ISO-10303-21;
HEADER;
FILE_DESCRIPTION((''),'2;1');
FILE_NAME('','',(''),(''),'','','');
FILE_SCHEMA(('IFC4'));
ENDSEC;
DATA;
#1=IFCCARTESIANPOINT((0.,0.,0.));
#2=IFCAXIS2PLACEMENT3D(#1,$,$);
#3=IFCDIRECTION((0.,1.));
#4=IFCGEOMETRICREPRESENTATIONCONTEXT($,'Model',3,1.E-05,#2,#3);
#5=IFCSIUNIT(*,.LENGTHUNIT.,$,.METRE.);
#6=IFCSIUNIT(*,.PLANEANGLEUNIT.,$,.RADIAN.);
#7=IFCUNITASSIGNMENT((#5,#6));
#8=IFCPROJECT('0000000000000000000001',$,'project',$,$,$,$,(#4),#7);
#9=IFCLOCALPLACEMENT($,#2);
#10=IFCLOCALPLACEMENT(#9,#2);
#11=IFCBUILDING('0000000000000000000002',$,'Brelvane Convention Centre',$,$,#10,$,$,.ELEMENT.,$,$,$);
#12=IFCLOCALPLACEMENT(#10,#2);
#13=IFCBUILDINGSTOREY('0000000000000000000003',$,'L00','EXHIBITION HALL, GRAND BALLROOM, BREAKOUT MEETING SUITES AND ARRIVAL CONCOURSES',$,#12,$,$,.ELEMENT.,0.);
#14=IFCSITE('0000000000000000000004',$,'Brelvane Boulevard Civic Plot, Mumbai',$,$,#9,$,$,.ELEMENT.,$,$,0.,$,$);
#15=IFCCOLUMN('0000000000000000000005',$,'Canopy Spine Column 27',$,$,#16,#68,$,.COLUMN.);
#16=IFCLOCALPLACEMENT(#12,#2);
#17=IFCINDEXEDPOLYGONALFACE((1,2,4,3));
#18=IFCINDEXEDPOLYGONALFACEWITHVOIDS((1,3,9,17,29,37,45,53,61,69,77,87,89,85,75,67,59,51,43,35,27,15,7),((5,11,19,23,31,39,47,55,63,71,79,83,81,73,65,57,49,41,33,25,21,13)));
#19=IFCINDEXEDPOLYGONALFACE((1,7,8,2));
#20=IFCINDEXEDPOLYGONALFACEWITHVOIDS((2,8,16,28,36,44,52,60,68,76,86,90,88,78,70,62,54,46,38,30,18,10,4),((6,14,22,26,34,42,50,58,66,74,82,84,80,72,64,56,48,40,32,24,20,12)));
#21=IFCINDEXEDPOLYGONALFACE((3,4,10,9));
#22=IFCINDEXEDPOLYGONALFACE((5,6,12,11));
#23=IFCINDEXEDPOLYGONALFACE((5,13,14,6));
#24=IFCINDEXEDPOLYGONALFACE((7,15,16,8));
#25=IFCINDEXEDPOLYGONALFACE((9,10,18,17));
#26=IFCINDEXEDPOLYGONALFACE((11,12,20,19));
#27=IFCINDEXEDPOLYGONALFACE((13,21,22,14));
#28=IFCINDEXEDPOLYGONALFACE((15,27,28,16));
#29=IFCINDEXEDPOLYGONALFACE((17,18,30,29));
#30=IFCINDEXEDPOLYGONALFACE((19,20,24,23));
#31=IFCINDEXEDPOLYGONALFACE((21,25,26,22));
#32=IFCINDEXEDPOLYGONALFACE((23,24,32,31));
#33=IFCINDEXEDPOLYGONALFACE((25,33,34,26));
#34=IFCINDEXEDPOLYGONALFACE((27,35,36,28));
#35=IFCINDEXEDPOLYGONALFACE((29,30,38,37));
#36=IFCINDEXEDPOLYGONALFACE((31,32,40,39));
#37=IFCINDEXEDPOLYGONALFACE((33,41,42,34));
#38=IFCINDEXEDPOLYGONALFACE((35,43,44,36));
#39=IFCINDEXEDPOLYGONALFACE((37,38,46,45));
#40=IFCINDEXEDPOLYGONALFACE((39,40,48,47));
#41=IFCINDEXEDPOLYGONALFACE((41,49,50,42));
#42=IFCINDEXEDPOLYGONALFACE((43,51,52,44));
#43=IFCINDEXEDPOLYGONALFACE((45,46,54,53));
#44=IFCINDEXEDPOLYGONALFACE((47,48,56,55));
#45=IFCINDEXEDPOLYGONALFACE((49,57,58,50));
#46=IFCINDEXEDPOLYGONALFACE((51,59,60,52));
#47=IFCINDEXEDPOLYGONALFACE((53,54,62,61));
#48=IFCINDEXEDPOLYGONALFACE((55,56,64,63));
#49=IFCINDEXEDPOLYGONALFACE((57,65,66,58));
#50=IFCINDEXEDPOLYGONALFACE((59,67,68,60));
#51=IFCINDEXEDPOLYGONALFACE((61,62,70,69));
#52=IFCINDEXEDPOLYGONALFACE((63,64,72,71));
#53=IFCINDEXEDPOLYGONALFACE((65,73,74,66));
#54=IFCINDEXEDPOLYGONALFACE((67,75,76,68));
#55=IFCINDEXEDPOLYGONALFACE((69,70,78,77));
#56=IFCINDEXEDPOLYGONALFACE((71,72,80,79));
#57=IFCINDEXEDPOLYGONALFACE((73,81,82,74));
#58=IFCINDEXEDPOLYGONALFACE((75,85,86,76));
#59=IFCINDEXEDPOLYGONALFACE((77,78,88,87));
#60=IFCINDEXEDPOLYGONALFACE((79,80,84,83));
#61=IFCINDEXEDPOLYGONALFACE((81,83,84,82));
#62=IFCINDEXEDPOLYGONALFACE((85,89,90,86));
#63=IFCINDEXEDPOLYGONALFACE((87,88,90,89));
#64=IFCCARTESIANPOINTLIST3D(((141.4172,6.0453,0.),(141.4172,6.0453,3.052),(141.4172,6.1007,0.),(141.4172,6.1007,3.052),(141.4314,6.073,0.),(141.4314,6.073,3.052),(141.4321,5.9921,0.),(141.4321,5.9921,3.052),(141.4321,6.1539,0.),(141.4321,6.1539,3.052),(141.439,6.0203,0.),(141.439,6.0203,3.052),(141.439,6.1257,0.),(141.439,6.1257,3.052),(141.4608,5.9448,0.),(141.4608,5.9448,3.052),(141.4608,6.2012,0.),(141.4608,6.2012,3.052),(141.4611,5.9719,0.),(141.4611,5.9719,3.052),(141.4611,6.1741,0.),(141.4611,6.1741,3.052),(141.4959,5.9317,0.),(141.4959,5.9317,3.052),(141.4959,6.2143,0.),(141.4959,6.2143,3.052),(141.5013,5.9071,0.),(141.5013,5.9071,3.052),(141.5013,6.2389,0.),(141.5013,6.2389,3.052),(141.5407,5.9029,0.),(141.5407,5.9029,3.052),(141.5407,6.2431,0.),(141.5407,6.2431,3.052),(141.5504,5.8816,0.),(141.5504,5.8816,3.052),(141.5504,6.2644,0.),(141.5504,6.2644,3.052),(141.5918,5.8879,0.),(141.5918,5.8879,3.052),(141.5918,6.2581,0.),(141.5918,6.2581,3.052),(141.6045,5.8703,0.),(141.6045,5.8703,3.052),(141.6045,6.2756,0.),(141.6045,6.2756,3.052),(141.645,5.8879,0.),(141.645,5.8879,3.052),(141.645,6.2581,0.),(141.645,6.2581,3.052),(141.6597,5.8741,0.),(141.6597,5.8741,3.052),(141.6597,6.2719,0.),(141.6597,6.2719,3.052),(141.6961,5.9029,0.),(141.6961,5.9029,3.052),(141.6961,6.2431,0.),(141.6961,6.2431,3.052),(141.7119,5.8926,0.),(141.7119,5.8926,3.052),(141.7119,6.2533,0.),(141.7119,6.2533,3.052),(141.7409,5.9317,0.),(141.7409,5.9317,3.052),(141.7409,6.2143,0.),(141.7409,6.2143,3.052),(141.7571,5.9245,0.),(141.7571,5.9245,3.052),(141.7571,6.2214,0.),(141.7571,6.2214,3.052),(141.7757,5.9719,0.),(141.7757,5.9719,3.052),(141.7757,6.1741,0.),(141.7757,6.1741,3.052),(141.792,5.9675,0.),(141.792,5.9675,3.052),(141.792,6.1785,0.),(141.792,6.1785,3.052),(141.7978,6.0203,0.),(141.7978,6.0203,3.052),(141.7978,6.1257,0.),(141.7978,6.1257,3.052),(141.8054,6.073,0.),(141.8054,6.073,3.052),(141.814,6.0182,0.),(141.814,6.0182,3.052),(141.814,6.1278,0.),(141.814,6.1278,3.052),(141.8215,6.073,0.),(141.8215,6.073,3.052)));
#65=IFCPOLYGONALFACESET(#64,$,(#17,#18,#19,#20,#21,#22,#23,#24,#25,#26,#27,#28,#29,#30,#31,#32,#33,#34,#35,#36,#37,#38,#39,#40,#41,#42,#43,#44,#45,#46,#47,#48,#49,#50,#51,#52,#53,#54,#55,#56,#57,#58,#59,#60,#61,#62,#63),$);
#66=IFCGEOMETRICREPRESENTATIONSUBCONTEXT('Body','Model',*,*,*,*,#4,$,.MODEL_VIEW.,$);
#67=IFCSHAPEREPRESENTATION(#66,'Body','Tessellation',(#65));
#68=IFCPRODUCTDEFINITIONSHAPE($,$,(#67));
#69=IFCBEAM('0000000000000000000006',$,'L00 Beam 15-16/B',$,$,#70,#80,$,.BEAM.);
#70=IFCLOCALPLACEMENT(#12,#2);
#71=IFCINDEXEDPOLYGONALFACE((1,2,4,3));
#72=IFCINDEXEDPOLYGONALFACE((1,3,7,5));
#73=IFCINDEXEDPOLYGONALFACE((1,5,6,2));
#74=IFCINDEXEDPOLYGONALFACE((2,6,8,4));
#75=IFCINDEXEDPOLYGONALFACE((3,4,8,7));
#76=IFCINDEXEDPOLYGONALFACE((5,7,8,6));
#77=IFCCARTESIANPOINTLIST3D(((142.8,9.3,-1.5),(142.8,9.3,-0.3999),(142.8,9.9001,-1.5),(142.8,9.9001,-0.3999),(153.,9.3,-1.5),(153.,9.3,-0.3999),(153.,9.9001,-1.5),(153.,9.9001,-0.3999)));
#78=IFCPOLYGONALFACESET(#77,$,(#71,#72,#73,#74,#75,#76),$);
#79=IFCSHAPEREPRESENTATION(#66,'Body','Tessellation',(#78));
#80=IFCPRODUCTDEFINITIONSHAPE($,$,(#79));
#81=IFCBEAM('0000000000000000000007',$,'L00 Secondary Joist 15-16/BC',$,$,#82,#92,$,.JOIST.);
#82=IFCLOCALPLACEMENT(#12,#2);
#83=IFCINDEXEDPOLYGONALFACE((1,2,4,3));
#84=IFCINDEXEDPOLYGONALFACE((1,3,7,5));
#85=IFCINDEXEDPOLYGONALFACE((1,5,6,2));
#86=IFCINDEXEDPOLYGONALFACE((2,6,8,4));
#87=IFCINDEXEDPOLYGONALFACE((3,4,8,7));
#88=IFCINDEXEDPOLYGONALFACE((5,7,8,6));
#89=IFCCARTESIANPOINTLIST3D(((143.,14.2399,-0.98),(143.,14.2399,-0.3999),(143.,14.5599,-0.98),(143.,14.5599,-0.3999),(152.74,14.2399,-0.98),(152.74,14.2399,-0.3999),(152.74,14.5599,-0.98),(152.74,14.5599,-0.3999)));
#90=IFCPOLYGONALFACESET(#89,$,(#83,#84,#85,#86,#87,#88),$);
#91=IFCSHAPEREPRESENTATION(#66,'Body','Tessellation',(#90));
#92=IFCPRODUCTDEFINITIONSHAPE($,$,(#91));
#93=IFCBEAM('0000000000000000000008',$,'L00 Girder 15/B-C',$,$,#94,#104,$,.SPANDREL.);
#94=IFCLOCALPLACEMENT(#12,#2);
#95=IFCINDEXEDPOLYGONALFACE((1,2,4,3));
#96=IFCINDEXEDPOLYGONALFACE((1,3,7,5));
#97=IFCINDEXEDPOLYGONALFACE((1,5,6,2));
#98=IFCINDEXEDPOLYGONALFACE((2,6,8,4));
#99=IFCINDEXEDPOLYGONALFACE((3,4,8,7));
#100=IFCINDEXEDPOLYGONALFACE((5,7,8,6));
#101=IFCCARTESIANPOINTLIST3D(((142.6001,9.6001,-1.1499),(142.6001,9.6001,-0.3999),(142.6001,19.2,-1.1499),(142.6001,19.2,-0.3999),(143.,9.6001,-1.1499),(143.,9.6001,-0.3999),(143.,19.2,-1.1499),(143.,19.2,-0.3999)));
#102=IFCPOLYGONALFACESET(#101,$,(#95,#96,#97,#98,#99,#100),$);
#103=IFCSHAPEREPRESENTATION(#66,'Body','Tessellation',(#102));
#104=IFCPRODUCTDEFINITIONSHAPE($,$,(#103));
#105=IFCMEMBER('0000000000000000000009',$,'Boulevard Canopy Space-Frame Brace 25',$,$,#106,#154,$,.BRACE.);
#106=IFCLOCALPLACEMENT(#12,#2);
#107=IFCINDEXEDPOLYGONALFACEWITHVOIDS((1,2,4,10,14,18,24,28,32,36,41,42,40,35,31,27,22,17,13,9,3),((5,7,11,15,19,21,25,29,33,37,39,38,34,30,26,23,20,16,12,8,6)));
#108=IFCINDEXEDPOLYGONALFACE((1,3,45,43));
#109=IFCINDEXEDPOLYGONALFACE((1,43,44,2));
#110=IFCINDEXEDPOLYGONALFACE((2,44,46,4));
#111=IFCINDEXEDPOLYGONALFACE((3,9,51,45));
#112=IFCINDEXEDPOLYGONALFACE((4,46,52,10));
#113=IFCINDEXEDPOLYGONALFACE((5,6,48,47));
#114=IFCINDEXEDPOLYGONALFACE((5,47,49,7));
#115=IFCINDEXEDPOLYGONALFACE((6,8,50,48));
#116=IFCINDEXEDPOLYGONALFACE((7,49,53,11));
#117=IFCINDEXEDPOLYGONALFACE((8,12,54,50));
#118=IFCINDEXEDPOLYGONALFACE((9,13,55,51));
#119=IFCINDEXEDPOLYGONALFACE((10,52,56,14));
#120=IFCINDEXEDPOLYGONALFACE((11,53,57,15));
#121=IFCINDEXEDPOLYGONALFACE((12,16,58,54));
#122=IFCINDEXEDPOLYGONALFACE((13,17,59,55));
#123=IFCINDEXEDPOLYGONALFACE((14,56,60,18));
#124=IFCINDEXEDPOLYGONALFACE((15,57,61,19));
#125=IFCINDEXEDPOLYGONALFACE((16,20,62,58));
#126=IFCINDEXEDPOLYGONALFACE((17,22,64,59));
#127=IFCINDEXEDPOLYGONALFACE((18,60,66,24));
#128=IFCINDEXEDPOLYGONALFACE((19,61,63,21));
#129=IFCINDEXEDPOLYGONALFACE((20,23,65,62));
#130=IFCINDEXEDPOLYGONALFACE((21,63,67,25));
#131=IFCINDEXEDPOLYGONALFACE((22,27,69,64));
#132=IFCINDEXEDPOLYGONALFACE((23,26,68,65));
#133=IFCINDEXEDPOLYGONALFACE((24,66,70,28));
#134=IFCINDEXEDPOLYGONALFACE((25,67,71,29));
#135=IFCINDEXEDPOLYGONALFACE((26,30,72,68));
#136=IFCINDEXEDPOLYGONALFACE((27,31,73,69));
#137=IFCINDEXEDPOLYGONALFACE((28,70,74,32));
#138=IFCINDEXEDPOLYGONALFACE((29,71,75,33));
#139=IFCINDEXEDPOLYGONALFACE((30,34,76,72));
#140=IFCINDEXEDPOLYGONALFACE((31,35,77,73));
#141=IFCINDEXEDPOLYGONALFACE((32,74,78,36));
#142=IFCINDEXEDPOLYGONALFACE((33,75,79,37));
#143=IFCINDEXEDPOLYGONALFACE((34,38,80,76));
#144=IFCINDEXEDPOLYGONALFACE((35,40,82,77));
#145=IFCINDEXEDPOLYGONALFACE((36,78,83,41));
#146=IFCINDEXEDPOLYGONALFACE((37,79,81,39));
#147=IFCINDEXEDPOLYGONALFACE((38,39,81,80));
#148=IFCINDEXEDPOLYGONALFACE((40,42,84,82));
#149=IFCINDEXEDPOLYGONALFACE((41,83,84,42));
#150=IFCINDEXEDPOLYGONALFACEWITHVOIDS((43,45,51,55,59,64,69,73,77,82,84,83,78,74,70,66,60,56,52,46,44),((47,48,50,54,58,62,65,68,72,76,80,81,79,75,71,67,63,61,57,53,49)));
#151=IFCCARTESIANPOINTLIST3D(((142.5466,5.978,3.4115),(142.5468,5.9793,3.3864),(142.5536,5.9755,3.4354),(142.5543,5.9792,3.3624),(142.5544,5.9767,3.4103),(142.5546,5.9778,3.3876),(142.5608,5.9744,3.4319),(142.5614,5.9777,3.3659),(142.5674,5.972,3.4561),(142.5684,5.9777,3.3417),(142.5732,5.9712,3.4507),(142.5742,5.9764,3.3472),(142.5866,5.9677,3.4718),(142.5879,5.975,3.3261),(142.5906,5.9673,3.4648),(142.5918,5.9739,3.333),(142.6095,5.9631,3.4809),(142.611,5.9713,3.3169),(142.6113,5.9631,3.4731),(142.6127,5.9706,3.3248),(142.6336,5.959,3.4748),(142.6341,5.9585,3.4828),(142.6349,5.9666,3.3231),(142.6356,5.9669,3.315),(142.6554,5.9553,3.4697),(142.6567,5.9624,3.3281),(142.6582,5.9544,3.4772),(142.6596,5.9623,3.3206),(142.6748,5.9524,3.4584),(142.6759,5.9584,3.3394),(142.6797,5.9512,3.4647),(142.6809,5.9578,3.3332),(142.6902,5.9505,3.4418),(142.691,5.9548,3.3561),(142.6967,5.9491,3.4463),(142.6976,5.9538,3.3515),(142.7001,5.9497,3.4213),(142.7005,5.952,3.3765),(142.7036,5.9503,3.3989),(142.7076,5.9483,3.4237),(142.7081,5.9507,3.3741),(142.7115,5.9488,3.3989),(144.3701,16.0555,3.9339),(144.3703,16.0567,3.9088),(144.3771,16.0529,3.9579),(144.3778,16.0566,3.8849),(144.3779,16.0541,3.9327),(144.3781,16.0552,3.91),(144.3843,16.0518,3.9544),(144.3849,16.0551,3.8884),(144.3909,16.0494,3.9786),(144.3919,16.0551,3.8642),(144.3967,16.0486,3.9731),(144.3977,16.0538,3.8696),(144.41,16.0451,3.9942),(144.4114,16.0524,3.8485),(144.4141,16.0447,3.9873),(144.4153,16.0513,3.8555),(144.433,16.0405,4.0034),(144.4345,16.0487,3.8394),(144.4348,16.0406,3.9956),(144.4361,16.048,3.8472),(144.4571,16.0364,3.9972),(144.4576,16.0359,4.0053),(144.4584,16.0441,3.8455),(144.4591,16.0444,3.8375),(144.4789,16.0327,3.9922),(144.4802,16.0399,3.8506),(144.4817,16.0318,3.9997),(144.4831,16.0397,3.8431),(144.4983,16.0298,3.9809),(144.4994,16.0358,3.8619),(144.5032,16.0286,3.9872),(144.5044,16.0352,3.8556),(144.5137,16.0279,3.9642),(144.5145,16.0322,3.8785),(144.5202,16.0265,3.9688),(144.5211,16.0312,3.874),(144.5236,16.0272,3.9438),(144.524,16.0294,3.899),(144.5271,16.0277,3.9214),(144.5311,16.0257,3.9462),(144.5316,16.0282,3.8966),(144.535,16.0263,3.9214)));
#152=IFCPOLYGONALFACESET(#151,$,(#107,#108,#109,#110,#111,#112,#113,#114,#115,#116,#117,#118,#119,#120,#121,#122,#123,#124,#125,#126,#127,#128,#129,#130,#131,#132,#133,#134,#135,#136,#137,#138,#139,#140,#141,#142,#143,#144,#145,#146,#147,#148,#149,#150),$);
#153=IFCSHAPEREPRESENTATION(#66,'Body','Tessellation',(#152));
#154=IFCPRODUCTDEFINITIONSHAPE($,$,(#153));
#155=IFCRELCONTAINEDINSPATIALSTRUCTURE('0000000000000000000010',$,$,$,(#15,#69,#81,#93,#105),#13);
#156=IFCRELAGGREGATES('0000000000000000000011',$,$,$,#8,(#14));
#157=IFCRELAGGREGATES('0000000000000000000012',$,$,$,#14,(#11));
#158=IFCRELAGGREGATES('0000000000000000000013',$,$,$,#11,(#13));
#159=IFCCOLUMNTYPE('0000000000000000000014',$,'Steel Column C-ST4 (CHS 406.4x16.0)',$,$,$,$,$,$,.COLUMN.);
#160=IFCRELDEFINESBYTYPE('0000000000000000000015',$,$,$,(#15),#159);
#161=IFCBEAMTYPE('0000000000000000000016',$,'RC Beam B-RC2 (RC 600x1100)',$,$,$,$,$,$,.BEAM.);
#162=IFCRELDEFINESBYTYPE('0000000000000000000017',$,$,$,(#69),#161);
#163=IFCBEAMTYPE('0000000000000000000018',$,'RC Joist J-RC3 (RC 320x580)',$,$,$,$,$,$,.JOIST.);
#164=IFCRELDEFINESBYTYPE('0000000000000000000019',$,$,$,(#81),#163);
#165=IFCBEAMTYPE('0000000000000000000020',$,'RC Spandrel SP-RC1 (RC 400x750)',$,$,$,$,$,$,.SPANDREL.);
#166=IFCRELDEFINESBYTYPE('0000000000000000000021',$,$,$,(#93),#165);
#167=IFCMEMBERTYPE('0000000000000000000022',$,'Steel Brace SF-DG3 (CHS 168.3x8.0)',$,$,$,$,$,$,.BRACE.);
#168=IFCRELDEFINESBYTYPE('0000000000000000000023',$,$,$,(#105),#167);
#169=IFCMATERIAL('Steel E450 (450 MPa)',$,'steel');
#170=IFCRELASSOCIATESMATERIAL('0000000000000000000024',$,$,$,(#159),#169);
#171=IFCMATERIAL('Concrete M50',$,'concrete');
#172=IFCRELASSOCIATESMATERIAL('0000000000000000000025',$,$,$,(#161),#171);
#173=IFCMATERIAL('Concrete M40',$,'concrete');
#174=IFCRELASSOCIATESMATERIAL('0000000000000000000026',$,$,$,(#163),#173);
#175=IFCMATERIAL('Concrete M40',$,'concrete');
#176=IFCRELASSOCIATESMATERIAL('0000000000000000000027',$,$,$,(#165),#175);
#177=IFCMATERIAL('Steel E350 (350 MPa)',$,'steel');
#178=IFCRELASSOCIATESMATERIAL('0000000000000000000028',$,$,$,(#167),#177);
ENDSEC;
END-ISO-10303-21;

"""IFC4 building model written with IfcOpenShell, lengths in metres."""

from ifc_helpers import new_model, si_unit, direction, frame, origin, origin_2d, place, context, subcontext, project, spatial, rectangle, hollow_circle, extrude, material, material_profile, profile_set, type_object, element, save


model = new_model("IFC4")

# Units and contexts
model_context = context("Model", 3, precision=1e-05, world=origin(), true_north=direction((0.0, 1.0)))
body_context = subcontext(model_context, "Body", "Model", "MODEL_VIEW")
ifc_project = project(units=[si_unit("LENGTHUNIT", "METRE"), si_unit("PLANEANGLEUNIT", "RADIAN")], contexts=[model_context])

# Site, building, storey
site_placement = place(None, origin())
site = spatial("IfcSite", under=ifc_project, at=site_placement, Name="Brelvane Boulevard Civic Plot, Mumbai", CompositionType="ELEMENT", RefElevation=0.0)
building_placement = place(site_placement, origin())
building = spatial("IfcBuilding", under=site, at=building_placement, Name="Brelvane Convention Centre", CompositionType="ELEMENT")
storey_placement = place(building_placement, origin())
storey = spatial("IfcBuildingStorey", under=building, at=storey_placement, Name="L00", Description="EXHIBITION HALL, GRAND BALLROOM, BREAKOUT MEETING SUITES AND ARRIVAL CONCOURSES", CompositionType="ELEMENT", Elevation=0.0)

# Column
ifc_material_1 = material(Name="Steel E450 (450 MPa)", Category="steel")
ifc_material_profile_1 = material_profile(ifc_material_1, hollow_circle(Radius=0.2031, WallThickness=0.0161, at=origin_2d()), Name="CHS 406.4x16.0")
ifc_profile_set_1 = profile_set([ifc_material_profile_1], Name="Steel E450 (450 MPa)")
column_type = type_object("IfcColumnType", Name="Steel Column C-ST4 (CHS 406.4x16.0)", PredefinedType="COLUMN", material=ifc_profile_set_1)
column_placement = place(storey_placement, frame((141.6184, 6.073, 0.0), z_axis=(0.0, 0.0, 1.0), x_axis=(1.0, 0.0, 0.0)))
element("IfcColumn", 1, at=column_placement, inside=storey, type_object=column_type, Name="Canopy Spine Column 27", PredefinedType="COLUMN", context=body_context, shape_type="SweptSolid", body=[
    extrude(hollow_circle(Radius=0.2031, WallThickness=0.0161, at=origin_2d()), origin(), (0.0, 0.0, 1.0), 3.052),
])

# Beams
ifc_material_2 = material(Name="Concrete M50", Category="concrete")
ifc_material_profile_2 = material_profile(ifc_material_2, rectangle(XDim=0.6001, YDim=1.1001, at=origin_2d()), Name="RC 600x1100")
ifc_profile_set_2 = profile_set([ifc_material_profile_2], Name="Concrete M50")
beam_type_1 = type_object("IfcBeamType", Name="RC Beam B-RC2 (RC 600x1100)", PredefinedType="BEAM", material=ifc_profile_set_2)
beam_1_placement = place(storey_placement, frame((142.8, 9.6001, -0.95), z_axis=(1.0, 0.0, 0.0), x_axis=(0.0, 1.0, 0.0)))
element("IfcBeam", 2, at=beam_1_placement, inside=storey, type_object=beam_type_1, Name="L00 Beam 15-16/B", PredefinedType="BEAM", context=body_context, shape_type="SweptSolid", body=[
    extrude(rectangle(XDim=0.6001, YDim=1.1001, at=origin_2d()), origin(), (0.0, 0.0, 1.0), 10.2),
])
ifc_material_3 = material(Name="Concrete M40", Category="concrete")
ifc_material_profile_3 = material_profile(ifc_material_3, rectangle(XDim=0.3201, YDim=0.5801, at=origin_2d()), Name="RC 320x580")
ifc_profile_set_3 = profile_set([ifc_material_profile_3], Name="Concrete M40")
beam_type_2 = type_object("IfcBeamType", Name="RC Joist J-RC3 (RC 320x580)", PredefinedType="JOIST", material=ifc_profile_set_3)
beam_2_placement = place(storey_placement, frame((143.0, 14.3999, -0.6899), z_axis=(1.0, 0.0, 0.0), x_axis=(0.0, 1.0, 0.0)))
element("IfcBeam", 3, at=beam_2_placement, inside=storey, type_object=beam_type_2, Name="L00 Secondary Joist 15-16/BC", PredefinedType="JOIST", context=body_context, shape_type="SweptSolid", body=[
    extrude(rectangle(XDim=0.3201, YDim=0.5801, at=origin_2d()), origin(), (0.0, 0.0, 1.0), 9.74),
])
ifc_material_4 = material(Name="Concrete M40", Category="concrete")
ifc_material_profile_4 = material_profile(ifc_material_4, rectangle(XDim=0.3999, YDim=0.75, at=origin_2d()), Name="RC 400x750")
ifc_profile_set_4 = profile_set([ifc_material_profile_4], Name="Concrete M40")
beam_type_3 = type_object("IfcBeamType", Name="RC Spandrel SP-RC1 (RC 400x750)", PredefinedType="SPANDREL", material=ifc_profile_set_4)
beam_3_placement = place(storey_placement, frame((142.8, 9.6001, -0.7749), z_axis=(0.0, 1.0, 0.0), x_axis=(-1.0, 0.0, 0.0)))
element("IfcBeam", 4, at=beam_3_placement, inside=storey, type_object=beam_type_3, Name="L00 Girder 15/B-C", PredefinedType="SPANDREL", context=body_context, shape_type="SweptSolid", body=[
    extrude(rectangle(XDim=0.3999, YDim=0.75, at=origin_2d()), origin(), (0.0, 0.0, 1.0), 9.5999),
])

# Member
ifc_material_5 = material(Name="Steel E350 (350 MPa)", Category="steel")
ifc_material_profile_5 = material_profile(ifc_material_5, hollow_circle(Radius=0.0842, WallThickness=0.0081, at=origin_2d()), Name="CHS 168.3x8.0")
ifc_profile_set_5 = profile_set([ifc_material_profile_5], Name="Steel E350 (350 MPa)")
member_type_1 = type_object("IfcMemberType", Name="Steel Brace SF-DG3 (CHS 168.3x8.0)", PredefinedType="BRACE", material=ifc_profile_set_5)
for number, where, z_axis, x_axis, name in (
    (5, (144.4521, 16.0413, 3.9214), (-0.177825, -0.982742, -0.05095), (0.98402, -0.178057, 0.0), "Boulevard Canopy Space-Frame Brace 25"),
):
    element("IfcMember", number, at=place(storey_placement, frame(where, z_axis=z_axis, x_axis=x_axis)), inside=storey, type_object=member_type_1, Name=name, PredefinedType="BRACE", context=body_context, shape_type="SweptSolid", body=[
        extrude(hollow_circle(Radius=0.0842, WallThickness=0.0081, at=origin_2d()), origin(), (0.0, 0.0, 1.0), 10.2544),
    ])

save(model, "model.ifc")
